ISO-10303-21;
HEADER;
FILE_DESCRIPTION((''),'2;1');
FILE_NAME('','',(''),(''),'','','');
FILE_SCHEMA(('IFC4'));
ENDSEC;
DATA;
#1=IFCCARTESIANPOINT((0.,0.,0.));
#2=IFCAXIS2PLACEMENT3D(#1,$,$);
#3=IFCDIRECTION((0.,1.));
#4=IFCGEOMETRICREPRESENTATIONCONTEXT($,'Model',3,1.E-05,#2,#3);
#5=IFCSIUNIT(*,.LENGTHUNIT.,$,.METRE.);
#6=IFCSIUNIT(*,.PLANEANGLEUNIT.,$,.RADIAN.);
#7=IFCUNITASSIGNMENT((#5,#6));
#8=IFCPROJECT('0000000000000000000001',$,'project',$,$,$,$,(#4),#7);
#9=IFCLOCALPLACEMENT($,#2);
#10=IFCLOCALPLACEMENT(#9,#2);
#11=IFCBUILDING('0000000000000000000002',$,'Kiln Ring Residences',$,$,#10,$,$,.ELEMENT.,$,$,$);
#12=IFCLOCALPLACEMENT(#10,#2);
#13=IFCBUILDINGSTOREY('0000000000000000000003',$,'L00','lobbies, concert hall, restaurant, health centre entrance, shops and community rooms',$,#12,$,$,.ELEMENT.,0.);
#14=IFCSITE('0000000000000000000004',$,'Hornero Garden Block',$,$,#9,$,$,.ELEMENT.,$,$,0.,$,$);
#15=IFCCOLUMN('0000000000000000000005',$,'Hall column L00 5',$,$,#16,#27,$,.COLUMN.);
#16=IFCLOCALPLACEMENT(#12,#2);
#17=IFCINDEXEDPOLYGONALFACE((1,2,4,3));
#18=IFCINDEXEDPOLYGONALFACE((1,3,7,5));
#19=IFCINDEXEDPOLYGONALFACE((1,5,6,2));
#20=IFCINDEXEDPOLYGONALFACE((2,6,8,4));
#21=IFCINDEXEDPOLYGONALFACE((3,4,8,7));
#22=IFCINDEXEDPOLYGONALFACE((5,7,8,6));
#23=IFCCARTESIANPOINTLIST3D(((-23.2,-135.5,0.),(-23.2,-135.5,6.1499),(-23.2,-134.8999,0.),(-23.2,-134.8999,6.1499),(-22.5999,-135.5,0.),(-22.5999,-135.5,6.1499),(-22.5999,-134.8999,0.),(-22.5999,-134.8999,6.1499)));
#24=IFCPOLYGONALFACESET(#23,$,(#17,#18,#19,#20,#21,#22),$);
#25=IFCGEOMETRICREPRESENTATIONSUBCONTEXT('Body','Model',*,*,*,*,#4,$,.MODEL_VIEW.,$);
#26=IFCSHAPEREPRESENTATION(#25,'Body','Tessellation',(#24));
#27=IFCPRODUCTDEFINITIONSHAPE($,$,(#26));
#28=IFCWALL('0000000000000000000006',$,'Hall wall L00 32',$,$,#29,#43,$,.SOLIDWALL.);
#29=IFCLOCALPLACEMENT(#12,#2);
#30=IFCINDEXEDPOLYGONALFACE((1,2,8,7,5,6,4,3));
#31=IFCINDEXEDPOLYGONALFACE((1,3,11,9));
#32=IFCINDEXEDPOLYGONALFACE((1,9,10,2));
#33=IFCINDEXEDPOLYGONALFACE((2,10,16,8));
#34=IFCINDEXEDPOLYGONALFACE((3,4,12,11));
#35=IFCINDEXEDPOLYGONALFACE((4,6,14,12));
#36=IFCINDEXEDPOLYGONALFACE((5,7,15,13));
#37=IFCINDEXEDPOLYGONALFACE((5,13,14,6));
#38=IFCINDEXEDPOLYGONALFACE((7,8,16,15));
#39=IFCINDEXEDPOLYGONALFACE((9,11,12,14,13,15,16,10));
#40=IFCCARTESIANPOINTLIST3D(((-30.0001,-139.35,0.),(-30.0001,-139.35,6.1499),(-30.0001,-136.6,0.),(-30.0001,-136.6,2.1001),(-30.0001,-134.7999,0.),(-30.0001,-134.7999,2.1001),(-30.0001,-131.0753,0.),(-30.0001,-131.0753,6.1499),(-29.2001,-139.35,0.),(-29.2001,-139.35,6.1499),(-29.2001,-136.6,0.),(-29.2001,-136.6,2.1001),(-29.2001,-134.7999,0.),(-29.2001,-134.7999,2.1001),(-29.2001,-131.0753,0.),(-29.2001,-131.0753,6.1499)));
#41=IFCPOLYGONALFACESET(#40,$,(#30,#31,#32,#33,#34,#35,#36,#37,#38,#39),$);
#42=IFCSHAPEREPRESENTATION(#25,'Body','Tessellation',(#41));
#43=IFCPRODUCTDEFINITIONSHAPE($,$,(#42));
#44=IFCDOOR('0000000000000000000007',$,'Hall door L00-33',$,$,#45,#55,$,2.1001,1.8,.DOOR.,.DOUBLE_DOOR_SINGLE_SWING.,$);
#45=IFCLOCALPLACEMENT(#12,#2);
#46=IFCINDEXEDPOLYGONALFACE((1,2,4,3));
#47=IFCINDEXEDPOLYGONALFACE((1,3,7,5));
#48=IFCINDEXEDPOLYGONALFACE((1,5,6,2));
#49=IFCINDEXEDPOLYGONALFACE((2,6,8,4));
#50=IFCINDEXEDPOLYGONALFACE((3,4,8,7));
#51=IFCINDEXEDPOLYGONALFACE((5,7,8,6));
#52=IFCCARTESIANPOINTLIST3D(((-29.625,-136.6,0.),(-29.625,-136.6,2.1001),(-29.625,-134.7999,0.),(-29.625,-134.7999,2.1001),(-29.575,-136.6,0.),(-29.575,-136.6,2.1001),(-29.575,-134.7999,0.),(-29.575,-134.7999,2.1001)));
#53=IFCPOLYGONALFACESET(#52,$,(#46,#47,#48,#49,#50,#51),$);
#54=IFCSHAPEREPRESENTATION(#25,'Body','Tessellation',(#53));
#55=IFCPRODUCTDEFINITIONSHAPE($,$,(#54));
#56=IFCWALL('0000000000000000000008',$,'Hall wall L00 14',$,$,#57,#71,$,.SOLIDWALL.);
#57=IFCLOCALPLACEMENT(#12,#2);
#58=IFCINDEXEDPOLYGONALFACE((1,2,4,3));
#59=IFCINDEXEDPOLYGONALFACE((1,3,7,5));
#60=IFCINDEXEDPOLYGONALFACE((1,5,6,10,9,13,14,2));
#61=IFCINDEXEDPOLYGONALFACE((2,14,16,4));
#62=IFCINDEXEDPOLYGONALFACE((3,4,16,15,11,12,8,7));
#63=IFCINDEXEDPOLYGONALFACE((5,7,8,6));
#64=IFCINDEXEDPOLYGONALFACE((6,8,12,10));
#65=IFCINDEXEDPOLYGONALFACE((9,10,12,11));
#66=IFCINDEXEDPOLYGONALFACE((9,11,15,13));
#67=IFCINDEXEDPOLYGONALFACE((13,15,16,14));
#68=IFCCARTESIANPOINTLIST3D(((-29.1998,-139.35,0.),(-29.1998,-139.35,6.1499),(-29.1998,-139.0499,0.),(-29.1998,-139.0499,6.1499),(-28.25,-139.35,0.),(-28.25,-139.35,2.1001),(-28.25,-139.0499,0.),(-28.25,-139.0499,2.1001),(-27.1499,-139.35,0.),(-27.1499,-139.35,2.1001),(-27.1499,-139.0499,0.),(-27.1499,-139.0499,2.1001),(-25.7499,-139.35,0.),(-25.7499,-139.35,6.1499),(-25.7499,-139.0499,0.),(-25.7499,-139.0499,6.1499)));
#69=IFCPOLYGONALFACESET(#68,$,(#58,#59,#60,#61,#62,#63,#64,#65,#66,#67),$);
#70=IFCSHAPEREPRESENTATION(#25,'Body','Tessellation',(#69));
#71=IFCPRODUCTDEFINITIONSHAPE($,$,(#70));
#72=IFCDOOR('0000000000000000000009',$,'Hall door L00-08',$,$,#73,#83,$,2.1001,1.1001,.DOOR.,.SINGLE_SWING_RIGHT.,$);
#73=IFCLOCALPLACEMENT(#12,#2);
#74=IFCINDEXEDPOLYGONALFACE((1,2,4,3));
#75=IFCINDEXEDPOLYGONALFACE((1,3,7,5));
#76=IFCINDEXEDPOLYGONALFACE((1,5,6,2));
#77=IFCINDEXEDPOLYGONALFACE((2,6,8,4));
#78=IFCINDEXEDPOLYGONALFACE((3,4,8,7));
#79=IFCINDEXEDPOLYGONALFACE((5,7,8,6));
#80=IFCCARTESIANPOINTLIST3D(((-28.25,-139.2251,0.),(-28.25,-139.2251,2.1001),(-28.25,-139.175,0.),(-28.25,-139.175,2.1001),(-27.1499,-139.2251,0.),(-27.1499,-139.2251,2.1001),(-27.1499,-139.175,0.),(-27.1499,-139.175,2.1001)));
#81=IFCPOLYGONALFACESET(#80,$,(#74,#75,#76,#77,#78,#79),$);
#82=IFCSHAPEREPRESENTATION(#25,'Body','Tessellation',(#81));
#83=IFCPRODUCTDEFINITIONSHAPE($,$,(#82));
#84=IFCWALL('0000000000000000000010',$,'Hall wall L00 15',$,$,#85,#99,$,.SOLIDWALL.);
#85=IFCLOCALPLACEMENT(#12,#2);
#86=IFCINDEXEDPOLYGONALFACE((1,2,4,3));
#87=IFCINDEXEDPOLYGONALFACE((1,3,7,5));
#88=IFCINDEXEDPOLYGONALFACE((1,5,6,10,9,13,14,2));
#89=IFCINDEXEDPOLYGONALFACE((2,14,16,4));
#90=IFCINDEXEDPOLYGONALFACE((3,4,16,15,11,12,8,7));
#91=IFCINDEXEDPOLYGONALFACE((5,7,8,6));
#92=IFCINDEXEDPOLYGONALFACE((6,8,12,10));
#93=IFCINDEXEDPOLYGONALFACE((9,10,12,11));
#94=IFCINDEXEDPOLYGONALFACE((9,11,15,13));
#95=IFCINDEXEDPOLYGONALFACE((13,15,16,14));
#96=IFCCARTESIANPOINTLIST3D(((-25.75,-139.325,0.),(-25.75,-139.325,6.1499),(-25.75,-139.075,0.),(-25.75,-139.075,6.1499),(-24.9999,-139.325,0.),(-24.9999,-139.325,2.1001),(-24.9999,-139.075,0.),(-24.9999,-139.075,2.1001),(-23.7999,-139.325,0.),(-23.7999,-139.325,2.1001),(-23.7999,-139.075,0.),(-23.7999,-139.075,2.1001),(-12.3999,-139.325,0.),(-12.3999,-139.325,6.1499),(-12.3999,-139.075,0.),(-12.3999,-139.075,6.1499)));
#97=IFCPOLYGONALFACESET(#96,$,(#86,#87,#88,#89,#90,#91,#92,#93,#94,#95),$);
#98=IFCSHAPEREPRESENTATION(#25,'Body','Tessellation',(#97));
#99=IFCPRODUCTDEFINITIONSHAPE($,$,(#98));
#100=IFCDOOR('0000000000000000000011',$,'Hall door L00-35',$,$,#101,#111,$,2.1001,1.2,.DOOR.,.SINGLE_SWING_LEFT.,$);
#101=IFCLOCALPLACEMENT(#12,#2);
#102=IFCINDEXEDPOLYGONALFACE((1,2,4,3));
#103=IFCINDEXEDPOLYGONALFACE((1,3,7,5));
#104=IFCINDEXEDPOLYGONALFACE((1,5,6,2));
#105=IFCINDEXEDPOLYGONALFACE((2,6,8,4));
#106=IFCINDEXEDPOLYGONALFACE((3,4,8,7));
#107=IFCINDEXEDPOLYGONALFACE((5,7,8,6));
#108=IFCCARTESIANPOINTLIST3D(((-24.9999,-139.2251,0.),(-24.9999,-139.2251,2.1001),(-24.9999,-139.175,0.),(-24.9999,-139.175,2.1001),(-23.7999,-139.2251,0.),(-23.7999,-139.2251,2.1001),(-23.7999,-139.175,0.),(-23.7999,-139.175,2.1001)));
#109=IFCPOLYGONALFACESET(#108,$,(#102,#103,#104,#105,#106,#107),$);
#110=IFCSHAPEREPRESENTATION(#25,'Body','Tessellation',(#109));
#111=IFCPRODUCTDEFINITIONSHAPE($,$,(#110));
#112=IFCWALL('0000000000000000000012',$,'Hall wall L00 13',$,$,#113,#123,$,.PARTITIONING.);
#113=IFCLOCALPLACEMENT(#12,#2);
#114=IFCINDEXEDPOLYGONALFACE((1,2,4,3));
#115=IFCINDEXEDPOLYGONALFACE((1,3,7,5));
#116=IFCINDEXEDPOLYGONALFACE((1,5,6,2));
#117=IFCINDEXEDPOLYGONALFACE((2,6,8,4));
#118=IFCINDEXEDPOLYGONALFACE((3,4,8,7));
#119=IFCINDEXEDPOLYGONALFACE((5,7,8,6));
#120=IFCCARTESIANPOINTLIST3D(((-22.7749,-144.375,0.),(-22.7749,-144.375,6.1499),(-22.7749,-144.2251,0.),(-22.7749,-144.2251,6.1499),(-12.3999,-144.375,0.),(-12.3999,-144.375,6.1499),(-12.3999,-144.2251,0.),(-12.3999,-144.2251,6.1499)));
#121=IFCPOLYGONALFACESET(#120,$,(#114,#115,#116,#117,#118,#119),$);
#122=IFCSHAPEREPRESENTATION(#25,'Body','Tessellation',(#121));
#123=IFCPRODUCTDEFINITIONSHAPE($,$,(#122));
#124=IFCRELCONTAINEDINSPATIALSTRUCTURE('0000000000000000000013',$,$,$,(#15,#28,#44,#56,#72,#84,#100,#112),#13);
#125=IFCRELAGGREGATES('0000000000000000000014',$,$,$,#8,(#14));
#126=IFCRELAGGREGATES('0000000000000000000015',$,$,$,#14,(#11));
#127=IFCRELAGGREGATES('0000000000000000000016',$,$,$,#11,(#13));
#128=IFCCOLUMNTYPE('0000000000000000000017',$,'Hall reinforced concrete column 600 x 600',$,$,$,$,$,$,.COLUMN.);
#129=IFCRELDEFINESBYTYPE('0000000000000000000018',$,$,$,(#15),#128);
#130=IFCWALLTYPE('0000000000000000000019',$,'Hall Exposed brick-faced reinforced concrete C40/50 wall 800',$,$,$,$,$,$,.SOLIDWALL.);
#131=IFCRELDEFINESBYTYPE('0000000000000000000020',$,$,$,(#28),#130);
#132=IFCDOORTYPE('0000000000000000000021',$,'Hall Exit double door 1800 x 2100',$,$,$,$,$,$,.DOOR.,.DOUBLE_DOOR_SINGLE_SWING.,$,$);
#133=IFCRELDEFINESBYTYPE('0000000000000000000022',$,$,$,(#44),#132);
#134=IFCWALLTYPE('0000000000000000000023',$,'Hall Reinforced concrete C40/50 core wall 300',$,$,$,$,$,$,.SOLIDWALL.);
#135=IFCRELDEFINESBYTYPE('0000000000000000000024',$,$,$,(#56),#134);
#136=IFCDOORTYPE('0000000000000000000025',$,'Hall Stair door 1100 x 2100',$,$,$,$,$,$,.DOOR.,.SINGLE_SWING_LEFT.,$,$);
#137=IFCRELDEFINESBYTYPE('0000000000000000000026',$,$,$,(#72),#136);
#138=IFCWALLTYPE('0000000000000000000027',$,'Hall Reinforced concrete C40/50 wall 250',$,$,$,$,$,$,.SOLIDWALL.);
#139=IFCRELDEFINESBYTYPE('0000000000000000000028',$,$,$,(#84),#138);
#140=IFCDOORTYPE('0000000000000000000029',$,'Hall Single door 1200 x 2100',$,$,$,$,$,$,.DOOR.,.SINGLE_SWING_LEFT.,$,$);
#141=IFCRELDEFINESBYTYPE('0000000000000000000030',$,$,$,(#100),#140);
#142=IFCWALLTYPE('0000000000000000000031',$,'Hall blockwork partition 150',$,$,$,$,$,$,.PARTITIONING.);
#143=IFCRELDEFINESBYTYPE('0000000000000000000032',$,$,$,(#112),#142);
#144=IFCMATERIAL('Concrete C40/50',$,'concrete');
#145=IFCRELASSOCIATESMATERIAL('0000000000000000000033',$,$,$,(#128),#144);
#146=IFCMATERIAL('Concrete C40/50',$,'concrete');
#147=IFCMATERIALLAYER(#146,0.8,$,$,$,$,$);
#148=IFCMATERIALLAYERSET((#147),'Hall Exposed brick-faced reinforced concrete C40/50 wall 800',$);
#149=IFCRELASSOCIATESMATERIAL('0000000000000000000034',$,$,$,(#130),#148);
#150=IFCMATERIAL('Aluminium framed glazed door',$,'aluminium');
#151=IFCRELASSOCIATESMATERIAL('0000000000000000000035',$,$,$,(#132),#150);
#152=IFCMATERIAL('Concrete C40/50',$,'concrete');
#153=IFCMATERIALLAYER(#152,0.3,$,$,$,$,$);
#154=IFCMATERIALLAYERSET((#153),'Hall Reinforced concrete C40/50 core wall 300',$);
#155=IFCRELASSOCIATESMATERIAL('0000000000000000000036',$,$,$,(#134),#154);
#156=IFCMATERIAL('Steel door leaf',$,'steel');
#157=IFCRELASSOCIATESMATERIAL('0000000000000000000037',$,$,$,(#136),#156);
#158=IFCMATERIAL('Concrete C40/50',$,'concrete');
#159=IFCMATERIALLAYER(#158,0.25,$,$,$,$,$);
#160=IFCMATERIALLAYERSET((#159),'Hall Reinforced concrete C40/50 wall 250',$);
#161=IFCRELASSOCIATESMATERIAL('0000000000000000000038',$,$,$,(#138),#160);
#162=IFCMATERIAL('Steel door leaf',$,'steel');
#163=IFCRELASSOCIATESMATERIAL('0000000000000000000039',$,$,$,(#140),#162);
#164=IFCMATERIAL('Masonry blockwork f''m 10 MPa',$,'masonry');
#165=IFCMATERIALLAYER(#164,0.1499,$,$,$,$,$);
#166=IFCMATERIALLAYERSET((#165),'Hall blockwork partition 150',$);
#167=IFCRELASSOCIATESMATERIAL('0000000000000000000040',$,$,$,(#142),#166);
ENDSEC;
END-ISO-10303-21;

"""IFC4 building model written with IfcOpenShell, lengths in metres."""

from ifc_helpers import new_model, si_unit, direction, frame, frame_2d, origin, origin_2d, place, context, subcontext, project, spatial, rectangle, extrude, material, layer, layer_set, material_profile, profile_set, type_object, element, fill, save


model = new_model("IFC4")

# Units and contexts
model_context = context("Model", 3, precision=1e-05, world=origin(), true_north=direction((0.0, 1.0)))
body_context = subcontext(model_context, "Body", "Model", "MODEL_VIEW")
ifc_project = project(units=[si_unit("LENGTHUNIT", "METRE"), si_unit("PLANEANGLEUNIT", "RADIAN")], contexts=[model_context])

# Site, building, storey
site_placement = place(None, origin())
site = spatial("IfcSite", under=ifc_project, at=site_placement, Name="Hornero Garden Block", CompositionType="ELEMENT", RefElevation=0.0)
building_placement = place(site_placement, origin())
building = spatial("IfcBuilding", under=site, at=building_placement, Name="Kiln Ring Residences", CompositionType="ELEMENT")
storey_placement = place(building_placement, origin())
storey = spatial("IfcBuildingStorey", under=building, at=storey_placement, Name="L00", Description="lobbies, concert hall, restaurant, health centre entrance, shops and community rooms", CompositionType="ELEMENT", Elevation=0.0)

# Column
ifc_material_1 = material(Name="Concrete C40/50", Category="concrete")
ifc_material_profile = material_profile(ifc_material_1, rectangle(XDim=0.6001, YDim=0.6001, at=origin_2d()), Name="Hall reinforced concrete column 600 x 600")
ifc_profile_set = profile_set([ifc_material_profile], Name="Concrete C40/50")
column_type = type_object("IfcColumnType", Name="Hall reinforced concrete column 600 x 600", PredefinedType="COLUMN", material=ifc_profile_set)
column_placement = place(storey_placement, frame((-22.8999, -135.2, 0.0), z_axis=(0.0, 0.0, 1.0), x_axis=(1.0, 0.0, 0.0)))
element("IfcColumn", 1, at=column_placement, inside=storey, type_object=column_type, Name="Hall column L00 5", PredefinedType="COLUMN", context=body_context, shape_type="SweptSolid", body=[
    extrude(rectangle(XDim=0.6001, YDim=0.6001, at=origin_2d()), origin(), (0.0, 0.0, 1.0), 6.1499),
])

# Walls, openings, doors
ifc_material_2 = material(Name="Concrete C40/50", Category="concrete")
ifc_layer_1 = layer(ifc_material_2, 0.8)
ifc_layer_set_1 = layer_set([ifc_layer_1], Name="Hall Exposed brick-faced reinforced concrete C40/50 wall 800")
wall_type_1 = type_object("IfcWallType", Name="Hall Exposed brick-faced reinforced concrete C40/50 wall 800", PredefinedType="SOLIDWALL", material=ifc_layer_set_1)
wall_1_placement = place(storey_placement, frame((-29.6001, -139.3499, 0.0), z_axis=(0.0, 0.0, 1.0), x_axis=(0.0, 1.0, 0.0)))
wall_1 = element("IfcWall", 2, at=wall_1_placement, inside=storey, type_object=wall_type_1, Name="Hall wall L00 32", PredefinedType="SOLIDWALL", context=body_context, shape_type="SweptSolid", body=[
    extrude(rectangle(XDim=8.2747, YDim=0.8, at=frame_2d((4.1372, 0.0))), origin(), (0.0, 0.0, 1.0), 6.1499),
])
opening_1_placement = place(wall_1_placement, frame((2.75, 0.0, 0.0)))
opening_1 = element("IfcOpeningElement", 3, at=opening_1_placement, cuts=wall_1, PredefinedType="OPENING", context=body_context, shape_type="SweptSolid", body=[
    extrude(rectangle(XDim=1.8, YDim=2.1001, at=frame_2d((0.8999, 1.05))), frame((0.0, 0.4099, 0.0), z_axis=(0.0, -1.0, 0.0), x_axis=(1.0, 0.0, 0.0)), (0.0, 0.0, 1.0), 0.8201),
])
ifc_material_3 = material(Name="Aluminium framed glazed door", Category="aluminium")
door_type_1 = type_object("IfcDoorType", Name="Hall Exit double door 1800 x 2100", OperationType="DOUBLE_DOOR_SINGLE_SWING", PredefinedType="DOOR", material=ifc_material_3)
door_1_placement = place(opening_1_placement, origin())
door_1 = element("IfcDoor", 4, at=door_1_placement, inside=storey, type_object=door_type_1, Name="Hall door L00-33", OperationType="DOUBLE_DOOR_SINGLE_SWING", OverallHeight=2.1001, OverallWidth=1.8, PredefinedType="DOOR", context=body_context, shape_type="SweptSolid", body=[
    extrude(rectangle(XDim=1.8, YDim=2.1001, at=frame_2d((0.8999, 1.05))), frame((0.0, 0.0249, 0.0), z_axis=(0.0, -1.0, 0.0), x_axis=(1.0, 0.0, 0.0)), (0.0, 0.0, 1.0), 0.05),
])
fill(opening_1, door_1)
ifc_material_4 = material(Name="Concrete C40/50", Category="concrete")
ifc_layer_2 = layer(ifc_material_4, 0.3)
ifc_layer_set_2 = layer_set([ifc_layer_2], Name="Hall Reinforced concrete C40/50 core wall 300")
wall_type_2 = type_object("IfcWallType", Name="Hall Reinforced concrete C40/50 core wall 300", PredefinedType="SOLIDWALL", material=ifc_layer_set_2)
wall_2_placement = place(storey_placement, frame((-29.2, -139.2, 0.0), z_axis=(0.0, 0.0, 1.0), x_axis=(1.0, 0.0, 0.0)))
wall_2 = element("IfcWall", 5, at=wall_2_placement, inside=storey, type_object=wall_type_2, Name="Hall wall L00 14", PredefinedType="SOLIDWALL", context=body_context, shape_type="SweptSolid", body=[
    extrude(rectangle(XDim=3.45, YDim=0.3, at=frame_2d((1.7251, 0.0))), origin(), (0.0, 0.0, 1.0), 6.1499),
])
opening_2_placement = place(wall_2_placement, frame((0.95, 0.0, 0.0)))
opening_2 = element("IfcOpeningElement", 6, at=opening_2_placement, cuts=wall_2, PredefinedType="OPENING", context=body_context, shape_type="SweptSolid", body=[
    extrude(rectangle(XDim=1.1001, YDim=2.1001, at=frame_2d((0.55, 1.05))), frame((0.0, 0.1599, 0.0), z_axis=(0.0, -1.0, 0.0), x_axis=(1.0, 0.0, 0.0)), (0.0, 0.0, 1.0), 0.3201),
])
ifc_material_5 = material(Name="Steel door leaf", Category="steel")
door_type_2 = type_object("IfcDoorType", Name="Hall Stair door 1100 x 2100", OperationType="SINGLE_SWING_LEFT", PredefinedType="DOOR", material=ifc_material_5)
door_2_placement = place(opening_2_placement, origin())
door_2 = element("IfcDoor", 7, at=door_2_placement, inside=storey, type_object=door_type_2, Name="Hall door L00-08", OperationType="SINGLE_SWING_RIGHT", OverallHeight=2.1001, OverallWidth=1.1001, PredefinedType="DOOR", context=body_context, shape_type="SweptSolid", body=[
    extrude(rectangle(XDim=1.1001, YDim=2.1001, at=frame_2d((0.55, 1.05))), frame((0.0, 0.0249, 0.0), z_axis=(0.0, -1.0, 0.0), x_axis=(1.0, 0.0, 0.0)), (0.0, 0.0, 1.0), 0.05),
])
fill(opening_2, door_2)
ifc_material_6 = material(Name="Concrete C40/50", Category="concrete")
ifc_layer_3 = layer(ifc_material_6, 0.25)
ifc_layer_set_3 = layer_set([ifc_layer_3], Name="Hall Reinforced concrete C40/50 wall 250")
wall_type_3 = type_object("IfcWallType", Name="Hall Reinforced concrete C40/50 wall 250", PredefinedType="SOLIDWALL", material=ifc_layer_set_3)
wall_3_placement = place(storey_placement, frame((-25.75, -139.2, 0.0), z_axis=(0.0, 0.0, 1.0), x_axis=(1.0, 0.0, 0.0)))
wall_3 = element("IfcWall", 8, at=wall_3_placement, inside=storey, type_object=wall_type_3, Name="Hall wall L00 15", PredefinedType="SOLIDWALL", context=body_context, shape_type="SweptSolid", body=[
    extrude(rectangle(XDim=13.3501, YDim=0.25, at=frame_2d((6.675, 0.0))), origin(), (0.0, 0.0, 1.0), 6.1499),
])
opening_3_placement = place(wall_3_placement, frame((0.75, 0.0, 0.0)))
opening_3 = element("IfcOpeningElement", 9, at=opening_3_placement, cuts=wall_3, PredefinedType="OPENING", context=body_context, shape_type="SweptSolid", body=[
    extrude(rectangle(XDim=1.2, YDim=2.1001, at=frame_2d((0.6001, 1.05))), frame((0.0, 0.135, 0.0), z_axis=(0.0, -1.0, 0.0), x_axis=(1.0, 0.0, 0.0)), (0.0, 0.0, 1.0), 0.27),
])
ifc_material_7 = material(Name="Steel door leaf", Category="steel")
door_type_3 = type_object("IfcDoorType", Name="Hall Single door 1200 x 2100", OperationType="SINGLE_SWING_LEFT", PredefinedType="DOOR", material=ifc_material_7)
door_3_placement = place(opening_3_placement, origin())
door_3 = element("IfcDoor", 10, at=door_3_placement, inside=storey, type_object=door_type_3, Name="Hall door L00-35", OperationType="SINGLE_SWING_LEFT", OverallHeight=2.1001, OverallWidth=1.2, PredefinedType="DOOR", context=body_context, shape_type="SweptSolid", body=[
    extrude(rectangle(XDim=1.2, YDim=2.1001, at=frame_2d((0.6001, 1.05))), frame((0.0, 0.0249, 0.0), z_axis=(0.0, -1.0, 0.0), x_axis=(1.0, 0.0, 0.0)), (0.0, 0.0, 1.0), 0.05),
])
fill(opening_3, door_3)

# Wall
ifc_material_8 = material(Name="Masonry blockwork f'm 10 MPa", Category="masonry")
ifc_layer_4 = layer(ifc_material_8, 0.1499)
ifc_layer_set_4 = layer_set([ifc_layer_4], Name="Hall blockwork partition 150")
wall_type_4 = type_object("IfcWallType", Name="Hall blockwork partition 150", PredefinedType="PARTITIONING", material=ifc_layer_set_4)
wall_4_placement = place(storey_placement, frame((-22.7749, -144.3, 0.0), z_axis=(0.0, 0.0, 1.0), x_axis=(1.0, 0.0, 0.0)))
element("IfcWall", 11, at=wall_4_placement, inside=storey, type_object=wall_type_4, Name="Hall wall L00 13", PredefinedType="PARTITIONING", context=body_context, shape_type="SweptSolid", body=[
    extrude(rectangle(XDim=10.375, YDim=0.1499, at=frame_2d((5.1875, 0.0))), origin(), (0.0, 0.0, 1.0), 6.1499),
])

save(model, "model.ifc")
